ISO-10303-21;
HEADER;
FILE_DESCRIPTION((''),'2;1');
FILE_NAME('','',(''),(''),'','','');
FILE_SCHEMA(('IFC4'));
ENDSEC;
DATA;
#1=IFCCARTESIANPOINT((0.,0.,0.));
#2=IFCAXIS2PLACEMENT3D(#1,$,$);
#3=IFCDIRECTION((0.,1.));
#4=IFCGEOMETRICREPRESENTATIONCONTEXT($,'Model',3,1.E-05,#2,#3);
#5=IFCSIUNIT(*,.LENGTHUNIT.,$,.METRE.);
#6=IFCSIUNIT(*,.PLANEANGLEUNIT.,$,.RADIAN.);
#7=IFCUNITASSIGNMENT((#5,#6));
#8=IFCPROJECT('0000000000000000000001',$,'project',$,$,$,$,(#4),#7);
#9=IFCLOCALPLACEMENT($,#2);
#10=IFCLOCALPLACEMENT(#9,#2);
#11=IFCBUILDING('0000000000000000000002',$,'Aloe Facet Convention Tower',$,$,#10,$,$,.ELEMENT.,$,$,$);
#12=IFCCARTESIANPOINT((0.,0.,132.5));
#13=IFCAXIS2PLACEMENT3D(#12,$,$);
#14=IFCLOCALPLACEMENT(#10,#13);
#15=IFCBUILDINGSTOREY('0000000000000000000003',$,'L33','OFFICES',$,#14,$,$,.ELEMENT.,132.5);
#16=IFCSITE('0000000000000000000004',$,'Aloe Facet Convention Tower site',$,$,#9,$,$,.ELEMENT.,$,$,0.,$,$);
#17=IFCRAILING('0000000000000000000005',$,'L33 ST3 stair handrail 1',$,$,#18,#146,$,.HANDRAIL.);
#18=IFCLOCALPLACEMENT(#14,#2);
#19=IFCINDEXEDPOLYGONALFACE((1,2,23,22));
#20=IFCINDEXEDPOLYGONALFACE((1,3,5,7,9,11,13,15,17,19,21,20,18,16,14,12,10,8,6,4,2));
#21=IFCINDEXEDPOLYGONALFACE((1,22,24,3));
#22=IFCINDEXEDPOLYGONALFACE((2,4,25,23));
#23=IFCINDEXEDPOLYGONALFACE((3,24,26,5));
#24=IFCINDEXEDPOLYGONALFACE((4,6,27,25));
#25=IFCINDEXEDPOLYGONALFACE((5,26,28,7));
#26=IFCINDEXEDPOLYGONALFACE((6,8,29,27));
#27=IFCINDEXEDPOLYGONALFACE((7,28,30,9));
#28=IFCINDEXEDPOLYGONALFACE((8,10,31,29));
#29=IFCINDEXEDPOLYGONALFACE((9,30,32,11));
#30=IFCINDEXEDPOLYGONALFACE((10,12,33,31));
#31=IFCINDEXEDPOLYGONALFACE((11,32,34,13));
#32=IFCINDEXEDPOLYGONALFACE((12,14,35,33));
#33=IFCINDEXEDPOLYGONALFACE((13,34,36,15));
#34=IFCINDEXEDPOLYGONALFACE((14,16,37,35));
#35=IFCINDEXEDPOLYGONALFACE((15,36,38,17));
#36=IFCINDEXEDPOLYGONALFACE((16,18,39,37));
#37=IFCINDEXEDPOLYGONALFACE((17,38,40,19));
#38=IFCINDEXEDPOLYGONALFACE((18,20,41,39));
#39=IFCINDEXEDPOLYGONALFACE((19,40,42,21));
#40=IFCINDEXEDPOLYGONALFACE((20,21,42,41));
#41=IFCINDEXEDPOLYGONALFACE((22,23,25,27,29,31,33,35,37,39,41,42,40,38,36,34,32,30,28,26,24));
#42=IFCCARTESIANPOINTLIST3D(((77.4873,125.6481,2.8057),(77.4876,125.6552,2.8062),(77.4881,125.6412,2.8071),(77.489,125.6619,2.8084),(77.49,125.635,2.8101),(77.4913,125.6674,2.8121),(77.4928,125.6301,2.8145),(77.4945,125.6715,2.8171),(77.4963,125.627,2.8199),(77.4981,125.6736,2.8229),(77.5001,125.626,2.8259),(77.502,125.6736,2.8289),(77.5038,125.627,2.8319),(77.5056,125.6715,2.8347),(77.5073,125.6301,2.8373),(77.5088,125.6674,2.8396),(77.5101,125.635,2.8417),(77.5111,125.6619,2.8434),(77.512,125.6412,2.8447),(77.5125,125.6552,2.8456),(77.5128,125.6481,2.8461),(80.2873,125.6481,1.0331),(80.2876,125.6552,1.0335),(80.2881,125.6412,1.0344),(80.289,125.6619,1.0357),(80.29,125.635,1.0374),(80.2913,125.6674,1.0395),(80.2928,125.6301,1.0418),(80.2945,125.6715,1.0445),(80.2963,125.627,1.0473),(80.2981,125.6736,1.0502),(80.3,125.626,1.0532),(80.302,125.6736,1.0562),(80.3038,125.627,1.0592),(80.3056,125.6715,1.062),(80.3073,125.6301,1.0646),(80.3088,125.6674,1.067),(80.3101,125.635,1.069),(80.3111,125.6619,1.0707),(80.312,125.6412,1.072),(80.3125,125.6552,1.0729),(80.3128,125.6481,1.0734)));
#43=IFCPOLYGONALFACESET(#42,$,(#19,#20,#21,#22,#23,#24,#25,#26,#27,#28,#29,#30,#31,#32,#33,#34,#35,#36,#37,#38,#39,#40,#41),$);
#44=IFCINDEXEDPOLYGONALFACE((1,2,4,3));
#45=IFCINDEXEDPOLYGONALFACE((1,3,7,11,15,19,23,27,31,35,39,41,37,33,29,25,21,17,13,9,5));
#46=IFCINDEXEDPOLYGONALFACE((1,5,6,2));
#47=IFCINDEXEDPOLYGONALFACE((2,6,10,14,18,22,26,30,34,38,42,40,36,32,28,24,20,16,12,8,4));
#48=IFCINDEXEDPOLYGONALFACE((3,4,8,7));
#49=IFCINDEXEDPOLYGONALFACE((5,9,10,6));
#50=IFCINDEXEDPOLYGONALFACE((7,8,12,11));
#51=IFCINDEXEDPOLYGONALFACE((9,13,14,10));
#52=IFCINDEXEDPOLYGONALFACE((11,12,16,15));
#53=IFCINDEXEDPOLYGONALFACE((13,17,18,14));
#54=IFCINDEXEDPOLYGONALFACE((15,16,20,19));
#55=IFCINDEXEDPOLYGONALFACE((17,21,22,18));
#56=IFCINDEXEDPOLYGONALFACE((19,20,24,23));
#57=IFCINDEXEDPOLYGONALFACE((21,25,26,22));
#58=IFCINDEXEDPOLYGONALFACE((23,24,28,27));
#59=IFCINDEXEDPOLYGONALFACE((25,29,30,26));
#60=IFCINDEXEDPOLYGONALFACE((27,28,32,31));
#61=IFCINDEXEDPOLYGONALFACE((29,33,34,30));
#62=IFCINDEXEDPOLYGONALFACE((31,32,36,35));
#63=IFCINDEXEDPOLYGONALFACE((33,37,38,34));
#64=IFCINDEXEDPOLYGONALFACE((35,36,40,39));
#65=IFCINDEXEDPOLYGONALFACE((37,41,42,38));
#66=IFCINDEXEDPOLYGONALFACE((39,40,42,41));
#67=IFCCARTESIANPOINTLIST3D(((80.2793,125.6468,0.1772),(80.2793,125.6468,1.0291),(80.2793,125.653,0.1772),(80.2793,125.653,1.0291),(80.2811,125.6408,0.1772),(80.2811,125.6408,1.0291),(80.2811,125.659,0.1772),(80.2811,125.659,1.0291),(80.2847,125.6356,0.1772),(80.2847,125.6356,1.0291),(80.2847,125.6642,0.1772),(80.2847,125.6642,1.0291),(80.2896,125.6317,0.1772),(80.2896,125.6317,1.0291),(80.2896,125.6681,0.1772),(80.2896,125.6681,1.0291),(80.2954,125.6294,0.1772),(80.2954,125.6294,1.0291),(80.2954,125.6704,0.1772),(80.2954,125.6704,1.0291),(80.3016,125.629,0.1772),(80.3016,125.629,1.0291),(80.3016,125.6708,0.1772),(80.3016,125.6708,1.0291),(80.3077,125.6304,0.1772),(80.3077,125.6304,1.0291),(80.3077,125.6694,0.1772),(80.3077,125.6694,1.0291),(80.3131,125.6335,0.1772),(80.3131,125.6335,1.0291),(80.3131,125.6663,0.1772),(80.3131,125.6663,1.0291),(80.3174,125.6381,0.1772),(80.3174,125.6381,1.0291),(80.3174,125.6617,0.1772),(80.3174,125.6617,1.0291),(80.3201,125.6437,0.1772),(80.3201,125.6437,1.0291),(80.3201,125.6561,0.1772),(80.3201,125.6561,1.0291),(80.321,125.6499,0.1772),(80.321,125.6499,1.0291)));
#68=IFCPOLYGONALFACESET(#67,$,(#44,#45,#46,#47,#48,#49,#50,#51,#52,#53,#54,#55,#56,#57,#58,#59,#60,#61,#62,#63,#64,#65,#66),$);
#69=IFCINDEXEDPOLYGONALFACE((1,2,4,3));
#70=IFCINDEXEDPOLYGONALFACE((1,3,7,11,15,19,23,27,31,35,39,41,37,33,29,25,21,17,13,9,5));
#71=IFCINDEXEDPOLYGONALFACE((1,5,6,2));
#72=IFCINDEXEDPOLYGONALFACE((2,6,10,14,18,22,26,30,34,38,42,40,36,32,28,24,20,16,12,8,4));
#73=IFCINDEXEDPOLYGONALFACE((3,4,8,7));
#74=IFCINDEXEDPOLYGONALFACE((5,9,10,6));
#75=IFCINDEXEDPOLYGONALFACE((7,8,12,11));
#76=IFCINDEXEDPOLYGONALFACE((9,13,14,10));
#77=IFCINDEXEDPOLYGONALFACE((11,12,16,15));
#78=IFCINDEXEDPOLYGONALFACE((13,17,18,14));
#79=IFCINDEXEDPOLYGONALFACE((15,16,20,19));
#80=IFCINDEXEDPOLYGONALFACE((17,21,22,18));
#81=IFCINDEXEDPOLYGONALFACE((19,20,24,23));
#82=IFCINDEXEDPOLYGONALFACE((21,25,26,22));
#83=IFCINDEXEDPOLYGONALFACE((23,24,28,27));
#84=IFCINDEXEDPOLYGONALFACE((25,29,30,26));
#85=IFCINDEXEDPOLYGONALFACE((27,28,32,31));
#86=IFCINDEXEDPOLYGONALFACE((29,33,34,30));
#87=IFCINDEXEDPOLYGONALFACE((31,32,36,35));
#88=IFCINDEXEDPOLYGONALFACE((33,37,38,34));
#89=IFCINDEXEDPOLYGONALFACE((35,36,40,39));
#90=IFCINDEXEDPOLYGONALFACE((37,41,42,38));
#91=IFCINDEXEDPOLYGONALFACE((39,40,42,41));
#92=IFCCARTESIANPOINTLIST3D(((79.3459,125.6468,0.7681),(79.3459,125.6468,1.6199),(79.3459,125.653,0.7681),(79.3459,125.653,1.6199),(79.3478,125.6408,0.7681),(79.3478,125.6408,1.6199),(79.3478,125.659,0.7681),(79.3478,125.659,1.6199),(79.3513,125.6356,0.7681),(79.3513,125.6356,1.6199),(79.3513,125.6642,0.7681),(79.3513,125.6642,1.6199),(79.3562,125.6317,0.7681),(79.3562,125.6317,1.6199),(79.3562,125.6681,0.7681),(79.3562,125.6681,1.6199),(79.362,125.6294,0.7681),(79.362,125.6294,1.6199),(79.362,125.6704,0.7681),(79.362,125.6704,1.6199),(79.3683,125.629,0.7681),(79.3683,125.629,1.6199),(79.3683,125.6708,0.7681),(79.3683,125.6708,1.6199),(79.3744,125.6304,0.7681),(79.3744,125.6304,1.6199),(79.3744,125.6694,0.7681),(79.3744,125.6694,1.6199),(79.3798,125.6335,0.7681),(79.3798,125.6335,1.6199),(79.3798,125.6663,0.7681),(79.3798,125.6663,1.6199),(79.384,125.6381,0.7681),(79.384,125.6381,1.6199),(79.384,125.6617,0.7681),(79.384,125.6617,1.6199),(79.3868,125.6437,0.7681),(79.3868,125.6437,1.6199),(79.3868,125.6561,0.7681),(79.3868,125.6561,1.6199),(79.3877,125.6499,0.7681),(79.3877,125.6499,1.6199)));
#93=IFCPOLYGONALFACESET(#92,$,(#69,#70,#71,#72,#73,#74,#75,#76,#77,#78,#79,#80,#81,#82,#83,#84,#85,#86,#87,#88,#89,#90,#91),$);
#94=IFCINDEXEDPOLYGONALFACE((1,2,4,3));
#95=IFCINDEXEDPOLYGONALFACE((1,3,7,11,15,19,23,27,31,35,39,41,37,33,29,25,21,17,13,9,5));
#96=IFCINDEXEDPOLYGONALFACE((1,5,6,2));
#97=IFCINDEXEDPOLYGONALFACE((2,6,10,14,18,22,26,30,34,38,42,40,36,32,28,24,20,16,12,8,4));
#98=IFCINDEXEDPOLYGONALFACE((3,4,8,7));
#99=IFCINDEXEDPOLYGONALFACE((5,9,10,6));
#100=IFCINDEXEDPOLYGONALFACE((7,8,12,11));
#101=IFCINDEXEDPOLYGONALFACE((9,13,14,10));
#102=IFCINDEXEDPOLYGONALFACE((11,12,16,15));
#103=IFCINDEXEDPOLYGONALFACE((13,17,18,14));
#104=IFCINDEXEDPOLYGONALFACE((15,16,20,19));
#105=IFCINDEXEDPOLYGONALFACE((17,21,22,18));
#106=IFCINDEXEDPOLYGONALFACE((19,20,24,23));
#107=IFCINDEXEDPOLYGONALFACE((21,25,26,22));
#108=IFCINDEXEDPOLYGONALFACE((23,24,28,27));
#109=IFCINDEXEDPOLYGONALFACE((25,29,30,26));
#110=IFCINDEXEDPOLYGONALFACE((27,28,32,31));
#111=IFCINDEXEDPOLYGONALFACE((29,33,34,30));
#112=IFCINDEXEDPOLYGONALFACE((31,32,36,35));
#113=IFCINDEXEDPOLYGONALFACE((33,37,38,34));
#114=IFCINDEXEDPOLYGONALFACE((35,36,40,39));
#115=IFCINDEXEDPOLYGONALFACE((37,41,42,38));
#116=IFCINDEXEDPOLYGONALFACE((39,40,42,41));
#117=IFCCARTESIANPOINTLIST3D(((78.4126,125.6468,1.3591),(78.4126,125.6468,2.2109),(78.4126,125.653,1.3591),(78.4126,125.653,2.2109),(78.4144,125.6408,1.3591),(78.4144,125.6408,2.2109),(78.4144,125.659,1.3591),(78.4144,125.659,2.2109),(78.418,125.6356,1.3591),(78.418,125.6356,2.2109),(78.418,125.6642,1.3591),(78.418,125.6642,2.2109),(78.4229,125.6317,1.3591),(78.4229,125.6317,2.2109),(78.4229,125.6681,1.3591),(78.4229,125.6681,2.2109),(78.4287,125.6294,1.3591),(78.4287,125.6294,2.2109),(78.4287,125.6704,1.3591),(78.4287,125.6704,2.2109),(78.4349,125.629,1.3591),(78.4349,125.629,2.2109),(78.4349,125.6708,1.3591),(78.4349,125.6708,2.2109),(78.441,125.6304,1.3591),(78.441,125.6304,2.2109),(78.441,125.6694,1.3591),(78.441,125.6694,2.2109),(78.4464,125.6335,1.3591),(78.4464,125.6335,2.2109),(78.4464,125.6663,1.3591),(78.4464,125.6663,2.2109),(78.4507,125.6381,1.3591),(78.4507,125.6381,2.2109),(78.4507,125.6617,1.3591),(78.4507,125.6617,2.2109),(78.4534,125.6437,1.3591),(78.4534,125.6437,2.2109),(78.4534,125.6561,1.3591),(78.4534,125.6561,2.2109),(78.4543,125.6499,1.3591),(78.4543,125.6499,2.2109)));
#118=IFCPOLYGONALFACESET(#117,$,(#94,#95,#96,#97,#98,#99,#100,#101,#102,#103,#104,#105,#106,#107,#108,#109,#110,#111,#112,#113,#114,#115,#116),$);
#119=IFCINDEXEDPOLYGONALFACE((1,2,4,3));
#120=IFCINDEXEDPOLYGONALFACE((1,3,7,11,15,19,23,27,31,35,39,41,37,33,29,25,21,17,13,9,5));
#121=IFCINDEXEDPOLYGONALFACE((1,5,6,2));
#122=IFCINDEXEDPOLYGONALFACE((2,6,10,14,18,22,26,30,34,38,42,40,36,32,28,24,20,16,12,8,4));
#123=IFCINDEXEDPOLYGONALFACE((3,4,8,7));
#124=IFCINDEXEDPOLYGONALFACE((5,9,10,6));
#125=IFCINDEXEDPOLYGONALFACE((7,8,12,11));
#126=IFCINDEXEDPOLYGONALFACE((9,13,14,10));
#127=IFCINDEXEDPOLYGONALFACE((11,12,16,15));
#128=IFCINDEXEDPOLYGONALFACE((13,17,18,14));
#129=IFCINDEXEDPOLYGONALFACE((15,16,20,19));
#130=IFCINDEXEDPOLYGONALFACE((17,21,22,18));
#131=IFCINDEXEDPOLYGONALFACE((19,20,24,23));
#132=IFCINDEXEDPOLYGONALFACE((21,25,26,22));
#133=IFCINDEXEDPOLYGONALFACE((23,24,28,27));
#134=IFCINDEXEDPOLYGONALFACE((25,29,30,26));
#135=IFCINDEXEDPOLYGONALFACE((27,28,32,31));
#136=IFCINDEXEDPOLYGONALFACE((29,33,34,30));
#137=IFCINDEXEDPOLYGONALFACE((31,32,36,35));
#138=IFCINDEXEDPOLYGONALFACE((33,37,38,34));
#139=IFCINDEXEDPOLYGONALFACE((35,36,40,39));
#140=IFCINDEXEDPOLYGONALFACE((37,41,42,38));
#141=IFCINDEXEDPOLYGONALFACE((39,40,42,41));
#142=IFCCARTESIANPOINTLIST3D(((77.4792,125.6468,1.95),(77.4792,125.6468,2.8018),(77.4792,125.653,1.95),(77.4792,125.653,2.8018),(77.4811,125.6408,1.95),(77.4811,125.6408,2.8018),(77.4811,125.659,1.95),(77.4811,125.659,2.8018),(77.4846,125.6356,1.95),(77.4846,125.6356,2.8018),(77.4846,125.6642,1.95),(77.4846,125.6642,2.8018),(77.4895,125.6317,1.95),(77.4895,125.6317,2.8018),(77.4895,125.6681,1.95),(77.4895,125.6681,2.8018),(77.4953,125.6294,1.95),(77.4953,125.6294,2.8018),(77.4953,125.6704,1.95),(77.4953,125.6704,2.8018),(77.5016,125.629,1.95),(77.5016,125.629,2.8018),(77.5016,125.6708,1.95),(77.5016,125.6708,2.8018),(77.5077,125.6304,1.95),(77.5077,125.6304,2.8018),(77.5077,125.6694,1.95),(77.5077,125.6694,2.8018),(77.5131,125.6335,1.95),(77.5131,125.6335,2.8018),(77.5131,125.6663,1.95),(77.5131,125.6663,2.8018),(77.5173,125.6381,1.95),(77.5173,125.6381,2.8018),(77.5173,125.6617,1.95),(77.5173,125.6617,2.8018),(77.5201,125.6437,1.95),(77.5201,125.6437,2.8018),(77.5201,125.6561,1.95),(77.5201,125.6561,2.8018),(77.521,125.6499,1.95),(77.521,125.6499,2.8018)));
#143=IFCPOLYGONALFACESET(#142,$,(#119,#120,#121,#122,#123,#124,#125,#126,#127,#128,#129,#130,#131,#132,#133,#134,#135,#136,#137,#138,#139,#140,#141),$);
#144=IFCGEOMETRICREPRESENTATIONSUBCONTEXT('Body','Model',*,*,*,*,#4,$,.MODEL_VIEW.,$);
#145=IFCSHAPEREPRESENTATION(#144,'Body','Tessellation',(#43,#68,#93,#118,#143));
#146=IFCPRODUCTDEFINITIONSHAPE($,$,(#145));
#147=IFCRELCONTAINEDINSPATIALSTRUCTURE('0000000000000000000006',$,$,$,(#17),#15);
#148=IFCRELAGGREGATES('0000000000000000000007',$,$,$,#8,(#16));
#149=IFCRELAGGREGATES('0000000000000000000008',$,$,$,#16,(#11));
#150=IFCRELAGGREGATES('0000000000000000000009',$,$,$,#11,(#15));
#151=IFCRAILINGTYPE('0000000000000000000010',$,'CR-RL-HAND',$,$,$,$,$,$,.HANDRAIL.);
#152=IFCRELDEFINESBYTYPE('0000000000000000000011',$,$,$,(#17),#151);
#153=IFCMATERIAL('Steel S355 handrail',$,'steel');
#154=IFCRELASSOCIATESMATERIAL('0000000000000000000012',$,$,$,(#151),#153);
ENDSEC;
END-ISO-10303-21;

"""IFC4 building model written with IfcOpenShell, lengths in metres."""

from ifc_helpers import new_model, si_unit, direction, frame, origin, origin_2d, place, context, subcontext, project, spatial, circle, extrude, material, type_object, element, save


model = new_model("IFC4")

# Units and contexts
model_context = context("Model", 3, precision=1e-05, world=origin(), true_north=direction((0.0, 1.0)))
body_context = subcontext(model_context, "Body", "Model", "MODEL_VIEW")
ifc_project = project(units=[si_unit("LENGTHUNIT", "METRE"), si_unit("PLANEANGLEUNIT", "RADIAN")], contexts=[model_context])

# Site, building, storey
site_placement = place(None, origin())
site = spatial("IfcSite", under=ifc_project, at=site_placement, Name="Aloe Facet Convention Tower site", CompositionType="ELEMENT", RefElevation=0.0)
building_placement = place(site_placement, origin())
building = spatial("IfcBuilding", under=site, at=building_placement, Name="Aloe Facet Convention Tower", CompositionType="ELEMENT")
storey_placement = place(building_placement, frame((0.0, 0.0, 132.5)))
storey = spatial("IfcBuildingStorey", under=building, at=storey_placement, Name="L33", Description="OFFICES", CompositionType="ELEMENT", Elevation=132.5)

# Railing
ifc_material_1 = material(Name="Steel S355 handrail", Category="steel")
railing_type_1 = type_object("IfcRailingType", Name="CR-RL-HAND", PredefinedType="HANDRAIL", material=ifc_material_1)
railing_1_placement = place(storey_placement, frame((80.3, 125.6499, 0.1772)))
element("IfcRailing", 1, at=railing_1_placement, inside=storey, type_object=railing_type_1, Name="L33 ST3 stair handrail 1", PredefinedType="HANDRAIL", context=body_context, shape_type="SweptSolid", body=[
    extrude(circle(Radius=0.0239, at=origin_2d()), frame((0.0, 0.0, 0.876), z_axis=(-0.844909, 0.0, 0.53491), x_axis=(0.0, -1.0, 0.0)), (0.0, 0.0, 1.0), 3.314),
    extrude(circle(Radius=0.021, at=origin_2d()), origin(), (0.0, 0.0, 1.0), 0.8518),
    extrude(circle(Radius=0.021, at=origin_2d()), frame((-0.9333, 0.0, 0.5908)), (0.0, 0.0, 1.0), 0.8518),
    extrude(circle(Radius=0.021, at=origin_2d()), frame((-1.8667, 0.0, 1.1819)), (0.0, 0.0, 1.0), 0.8518),
    extrude(circle(Radius=0.021, at=origin_2d()), frame((-2.8, 0.0, 1.7727)), (0.0, 0.0, 1.0), 0.8518),
])

save(model, "model.ifc")
